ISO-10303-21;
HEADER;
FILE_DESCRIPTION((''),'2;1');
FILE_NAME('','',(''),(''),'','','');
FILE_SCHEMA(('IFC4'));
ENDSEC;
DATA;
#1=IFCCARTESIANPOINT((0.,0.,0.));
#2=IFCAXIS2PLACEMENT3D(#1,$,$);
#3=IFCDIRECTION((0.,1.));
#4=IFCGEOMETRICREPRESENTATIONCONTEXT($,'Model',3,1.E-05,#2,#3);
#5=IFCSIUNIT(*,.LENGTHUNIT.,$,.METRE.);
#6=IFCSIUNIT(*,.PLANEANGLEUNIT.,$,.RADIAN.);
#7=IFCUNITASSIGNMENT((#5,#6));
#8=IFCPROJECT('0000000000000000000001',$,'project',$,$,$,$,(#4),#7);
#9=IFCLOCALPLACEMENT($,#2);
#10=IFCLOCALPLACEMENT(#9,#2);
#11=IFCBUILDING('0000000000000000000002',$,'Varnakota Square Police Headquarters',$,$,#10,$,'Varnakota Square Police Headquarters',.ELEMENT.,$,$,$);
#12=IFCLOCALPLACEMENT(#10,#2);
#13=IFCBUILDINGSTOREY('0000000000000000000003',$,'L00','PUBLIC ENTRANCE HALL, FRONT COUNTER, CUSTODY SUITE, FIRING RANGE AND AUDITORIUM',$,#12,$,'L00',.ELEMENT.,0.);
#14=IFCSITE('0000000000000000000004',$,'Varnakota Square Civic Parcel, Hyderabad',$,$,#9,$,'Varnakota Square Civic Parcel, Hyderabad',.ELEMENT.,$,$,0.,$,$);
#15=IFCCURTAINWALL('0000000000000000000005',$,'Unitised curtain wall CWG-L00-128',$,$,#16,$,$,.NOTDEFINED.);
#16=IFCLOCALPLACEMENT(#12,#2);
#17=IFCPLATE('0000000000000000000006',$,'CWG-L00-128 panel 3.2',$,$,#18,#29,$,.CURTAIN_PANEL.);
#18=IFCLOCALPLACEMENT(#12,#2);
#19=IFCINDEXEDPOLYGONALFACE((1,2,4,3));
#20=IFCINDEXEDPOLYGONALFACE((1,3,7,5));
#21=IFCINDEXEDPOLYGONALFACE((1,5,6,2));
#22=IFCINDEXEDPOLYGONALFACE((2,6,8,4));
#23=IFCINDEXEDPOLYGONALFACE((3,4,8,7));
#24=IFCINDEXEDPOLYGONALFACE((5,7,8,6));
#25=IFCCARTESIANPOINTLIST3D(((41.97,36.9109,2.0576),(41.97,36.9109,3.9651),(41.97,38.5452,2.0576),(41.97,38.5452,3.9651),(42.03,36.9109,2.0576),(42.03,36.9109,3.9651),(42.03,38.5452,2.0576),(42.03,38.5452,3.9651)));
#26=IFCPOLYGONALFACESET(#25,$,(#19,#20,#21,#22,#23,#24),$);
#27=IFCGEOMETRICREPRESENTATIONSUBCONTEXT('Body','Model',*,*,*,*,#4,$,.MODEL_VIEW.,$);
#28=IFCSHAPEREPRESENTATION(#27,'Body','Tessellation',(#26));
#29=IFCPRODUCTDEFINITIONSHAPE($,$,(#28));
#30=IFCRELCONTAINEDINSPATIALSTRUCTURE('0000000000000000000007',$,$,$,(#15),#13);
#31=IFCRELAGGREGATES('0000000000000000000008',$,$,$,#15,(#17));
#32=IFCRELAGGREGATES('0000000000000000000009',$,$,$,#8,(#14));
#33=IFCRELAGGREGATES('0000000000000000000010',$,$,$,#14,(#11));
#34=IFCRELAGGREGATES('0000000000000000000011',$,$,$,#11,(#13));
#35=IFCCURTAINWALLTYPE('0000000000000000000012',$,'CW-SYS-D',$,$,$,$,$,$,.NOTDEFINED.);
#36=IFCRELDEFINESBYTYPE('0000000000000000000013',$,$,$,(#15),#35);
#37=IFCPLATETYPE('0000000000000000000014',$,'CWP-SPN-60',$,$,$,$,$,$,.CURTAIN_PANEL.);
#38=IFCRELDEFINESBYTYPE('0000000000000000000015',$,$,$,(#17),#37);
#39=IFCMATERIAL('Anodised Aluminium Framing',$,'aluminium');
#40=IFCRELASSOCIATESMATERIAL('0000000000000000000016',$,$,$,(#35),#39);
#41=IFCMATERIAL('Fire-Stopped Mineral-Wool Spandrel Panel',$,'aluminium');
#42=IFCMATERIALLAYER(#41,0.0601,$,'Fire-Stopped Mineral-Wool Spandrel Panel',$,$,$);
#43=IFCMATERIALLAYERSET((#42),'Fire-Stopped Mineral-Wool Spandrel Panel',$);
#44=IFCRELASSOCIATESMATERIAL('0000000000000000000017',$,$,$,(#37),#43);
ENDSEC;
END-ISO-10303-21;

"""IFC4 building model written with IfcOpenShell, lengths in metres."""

from ifc_helpers import new_model, si_unit, direction, frame, origin, origin_2d, place, context, subcontext, project, spatial, rectangle, extrude, material, layer, layer_set, type_object, element, aggregate, save


model = new_model("IFC4")

# Units and contexts
model_context = context("Model", 3, precision=1e-05, world=origin(), true_north=direction((0.0, 1.0)))
body_context = subcontext(model_context, "Body", "Model", "MODEL_VIEW")
ifc_project = project(units=[si_unit("LENGTHUNIT", "METRE"), si_unit("PLANEANGLEUNIT", "RADIAN")], contexts=[model_context])

# Site, building, storey
site_placement = place(None, origin())
site = spatial("IfcSite", under=ifc_project, at=site_placement, Name="Varnakota Square Civic Parcel, Hyderabad", LongName="Varnakota Square Civic Parcel, Hyderabad", CompositionType="ELEMENT", RefElevation=0.0)
building_placement = place(site_placement, origin())
building = spatial("IfcBuilding", under=site, at=building_placement, Name="Varnakota Square Police Headquarters", LongName="Varnakota Square Police Headquarters", CompositionType="ELEMENT")
storey_placement = place(building_placement, origin())
storey = spatial("IfcBuildingStorey", under=building, at=storey_placement, Name="L00", Description="PUBLIC ENTRANCE HALL, FRONT COUNTER, CUSTODY SUITE, FIRING RANGE AND AUDITORIUM", LongName="L00", CompositionType="ELEMENT", Elevation=0.0)

# Shared definitions
ifc_material_1 = material(Name="Anodised Aluminium Framing", Category="aluminium")

# Curtain wall
curtain_wall_type_1 = type_object("IfcCurtainWallType", Name="CW-SYS-D", PredefinedType="NOTDEFINED", material=ifc_material_1)
curtain_wall_1_placement = place(storey_placement, origin())
curtain_wall_1 = element("IfcCurtainWall", 1, at=curtain_wall_1_placement, inside=storey, type_object=curtain_wall_type_1, Name="Unitised curtain wall CWG-L00-128", PredefinedType="NOTDEFINED")

# Plate
ifc_material_2 = material(Name="Fire-Stopped Mineral-Wool Spandrel Panel", Category="aluminium")
ifc_layer_1 = layer(ifc_material_2, 0.0601, Name="Fire-Stopped Mineral-Wool Spandrel Panel")
ifc_layer_set_1 = layer_set([ifc_layer_1], Name="Fire-Stopped Mineral-Wool Spandrel Panel")
plate_type_1 = type_object("IfcPlateType", Name="CWP-SPN-60", PredefinedType="CURTAIN_PANEL", material=ifc_layer_set_1)
plate_1_placement = place(storey_placement, frame((42.0, 37.728, 2.0576), z_axis=(0.0, 0.0, 1.0), x_axis=(0.0, 1.0, 0.0)))
plate_1 = element("IfcPlate", 2, at=plate_1_placement, type_object=plate_type_1, Name="CWG-L00-128 panel 3.2", PredefinedType="CURTAIN_PANEL", context=body_context, shape_type="SweptSolid", body=[
    extrude(rectangle(XDim=1.6343, YDim=0.0601, at=origin_2d()), origin(), (0.0, 0.0, 1.0), 1.9075),
])
aggregate(curtain_wall_1, [plate_1])

save(model, "model.ifc")
